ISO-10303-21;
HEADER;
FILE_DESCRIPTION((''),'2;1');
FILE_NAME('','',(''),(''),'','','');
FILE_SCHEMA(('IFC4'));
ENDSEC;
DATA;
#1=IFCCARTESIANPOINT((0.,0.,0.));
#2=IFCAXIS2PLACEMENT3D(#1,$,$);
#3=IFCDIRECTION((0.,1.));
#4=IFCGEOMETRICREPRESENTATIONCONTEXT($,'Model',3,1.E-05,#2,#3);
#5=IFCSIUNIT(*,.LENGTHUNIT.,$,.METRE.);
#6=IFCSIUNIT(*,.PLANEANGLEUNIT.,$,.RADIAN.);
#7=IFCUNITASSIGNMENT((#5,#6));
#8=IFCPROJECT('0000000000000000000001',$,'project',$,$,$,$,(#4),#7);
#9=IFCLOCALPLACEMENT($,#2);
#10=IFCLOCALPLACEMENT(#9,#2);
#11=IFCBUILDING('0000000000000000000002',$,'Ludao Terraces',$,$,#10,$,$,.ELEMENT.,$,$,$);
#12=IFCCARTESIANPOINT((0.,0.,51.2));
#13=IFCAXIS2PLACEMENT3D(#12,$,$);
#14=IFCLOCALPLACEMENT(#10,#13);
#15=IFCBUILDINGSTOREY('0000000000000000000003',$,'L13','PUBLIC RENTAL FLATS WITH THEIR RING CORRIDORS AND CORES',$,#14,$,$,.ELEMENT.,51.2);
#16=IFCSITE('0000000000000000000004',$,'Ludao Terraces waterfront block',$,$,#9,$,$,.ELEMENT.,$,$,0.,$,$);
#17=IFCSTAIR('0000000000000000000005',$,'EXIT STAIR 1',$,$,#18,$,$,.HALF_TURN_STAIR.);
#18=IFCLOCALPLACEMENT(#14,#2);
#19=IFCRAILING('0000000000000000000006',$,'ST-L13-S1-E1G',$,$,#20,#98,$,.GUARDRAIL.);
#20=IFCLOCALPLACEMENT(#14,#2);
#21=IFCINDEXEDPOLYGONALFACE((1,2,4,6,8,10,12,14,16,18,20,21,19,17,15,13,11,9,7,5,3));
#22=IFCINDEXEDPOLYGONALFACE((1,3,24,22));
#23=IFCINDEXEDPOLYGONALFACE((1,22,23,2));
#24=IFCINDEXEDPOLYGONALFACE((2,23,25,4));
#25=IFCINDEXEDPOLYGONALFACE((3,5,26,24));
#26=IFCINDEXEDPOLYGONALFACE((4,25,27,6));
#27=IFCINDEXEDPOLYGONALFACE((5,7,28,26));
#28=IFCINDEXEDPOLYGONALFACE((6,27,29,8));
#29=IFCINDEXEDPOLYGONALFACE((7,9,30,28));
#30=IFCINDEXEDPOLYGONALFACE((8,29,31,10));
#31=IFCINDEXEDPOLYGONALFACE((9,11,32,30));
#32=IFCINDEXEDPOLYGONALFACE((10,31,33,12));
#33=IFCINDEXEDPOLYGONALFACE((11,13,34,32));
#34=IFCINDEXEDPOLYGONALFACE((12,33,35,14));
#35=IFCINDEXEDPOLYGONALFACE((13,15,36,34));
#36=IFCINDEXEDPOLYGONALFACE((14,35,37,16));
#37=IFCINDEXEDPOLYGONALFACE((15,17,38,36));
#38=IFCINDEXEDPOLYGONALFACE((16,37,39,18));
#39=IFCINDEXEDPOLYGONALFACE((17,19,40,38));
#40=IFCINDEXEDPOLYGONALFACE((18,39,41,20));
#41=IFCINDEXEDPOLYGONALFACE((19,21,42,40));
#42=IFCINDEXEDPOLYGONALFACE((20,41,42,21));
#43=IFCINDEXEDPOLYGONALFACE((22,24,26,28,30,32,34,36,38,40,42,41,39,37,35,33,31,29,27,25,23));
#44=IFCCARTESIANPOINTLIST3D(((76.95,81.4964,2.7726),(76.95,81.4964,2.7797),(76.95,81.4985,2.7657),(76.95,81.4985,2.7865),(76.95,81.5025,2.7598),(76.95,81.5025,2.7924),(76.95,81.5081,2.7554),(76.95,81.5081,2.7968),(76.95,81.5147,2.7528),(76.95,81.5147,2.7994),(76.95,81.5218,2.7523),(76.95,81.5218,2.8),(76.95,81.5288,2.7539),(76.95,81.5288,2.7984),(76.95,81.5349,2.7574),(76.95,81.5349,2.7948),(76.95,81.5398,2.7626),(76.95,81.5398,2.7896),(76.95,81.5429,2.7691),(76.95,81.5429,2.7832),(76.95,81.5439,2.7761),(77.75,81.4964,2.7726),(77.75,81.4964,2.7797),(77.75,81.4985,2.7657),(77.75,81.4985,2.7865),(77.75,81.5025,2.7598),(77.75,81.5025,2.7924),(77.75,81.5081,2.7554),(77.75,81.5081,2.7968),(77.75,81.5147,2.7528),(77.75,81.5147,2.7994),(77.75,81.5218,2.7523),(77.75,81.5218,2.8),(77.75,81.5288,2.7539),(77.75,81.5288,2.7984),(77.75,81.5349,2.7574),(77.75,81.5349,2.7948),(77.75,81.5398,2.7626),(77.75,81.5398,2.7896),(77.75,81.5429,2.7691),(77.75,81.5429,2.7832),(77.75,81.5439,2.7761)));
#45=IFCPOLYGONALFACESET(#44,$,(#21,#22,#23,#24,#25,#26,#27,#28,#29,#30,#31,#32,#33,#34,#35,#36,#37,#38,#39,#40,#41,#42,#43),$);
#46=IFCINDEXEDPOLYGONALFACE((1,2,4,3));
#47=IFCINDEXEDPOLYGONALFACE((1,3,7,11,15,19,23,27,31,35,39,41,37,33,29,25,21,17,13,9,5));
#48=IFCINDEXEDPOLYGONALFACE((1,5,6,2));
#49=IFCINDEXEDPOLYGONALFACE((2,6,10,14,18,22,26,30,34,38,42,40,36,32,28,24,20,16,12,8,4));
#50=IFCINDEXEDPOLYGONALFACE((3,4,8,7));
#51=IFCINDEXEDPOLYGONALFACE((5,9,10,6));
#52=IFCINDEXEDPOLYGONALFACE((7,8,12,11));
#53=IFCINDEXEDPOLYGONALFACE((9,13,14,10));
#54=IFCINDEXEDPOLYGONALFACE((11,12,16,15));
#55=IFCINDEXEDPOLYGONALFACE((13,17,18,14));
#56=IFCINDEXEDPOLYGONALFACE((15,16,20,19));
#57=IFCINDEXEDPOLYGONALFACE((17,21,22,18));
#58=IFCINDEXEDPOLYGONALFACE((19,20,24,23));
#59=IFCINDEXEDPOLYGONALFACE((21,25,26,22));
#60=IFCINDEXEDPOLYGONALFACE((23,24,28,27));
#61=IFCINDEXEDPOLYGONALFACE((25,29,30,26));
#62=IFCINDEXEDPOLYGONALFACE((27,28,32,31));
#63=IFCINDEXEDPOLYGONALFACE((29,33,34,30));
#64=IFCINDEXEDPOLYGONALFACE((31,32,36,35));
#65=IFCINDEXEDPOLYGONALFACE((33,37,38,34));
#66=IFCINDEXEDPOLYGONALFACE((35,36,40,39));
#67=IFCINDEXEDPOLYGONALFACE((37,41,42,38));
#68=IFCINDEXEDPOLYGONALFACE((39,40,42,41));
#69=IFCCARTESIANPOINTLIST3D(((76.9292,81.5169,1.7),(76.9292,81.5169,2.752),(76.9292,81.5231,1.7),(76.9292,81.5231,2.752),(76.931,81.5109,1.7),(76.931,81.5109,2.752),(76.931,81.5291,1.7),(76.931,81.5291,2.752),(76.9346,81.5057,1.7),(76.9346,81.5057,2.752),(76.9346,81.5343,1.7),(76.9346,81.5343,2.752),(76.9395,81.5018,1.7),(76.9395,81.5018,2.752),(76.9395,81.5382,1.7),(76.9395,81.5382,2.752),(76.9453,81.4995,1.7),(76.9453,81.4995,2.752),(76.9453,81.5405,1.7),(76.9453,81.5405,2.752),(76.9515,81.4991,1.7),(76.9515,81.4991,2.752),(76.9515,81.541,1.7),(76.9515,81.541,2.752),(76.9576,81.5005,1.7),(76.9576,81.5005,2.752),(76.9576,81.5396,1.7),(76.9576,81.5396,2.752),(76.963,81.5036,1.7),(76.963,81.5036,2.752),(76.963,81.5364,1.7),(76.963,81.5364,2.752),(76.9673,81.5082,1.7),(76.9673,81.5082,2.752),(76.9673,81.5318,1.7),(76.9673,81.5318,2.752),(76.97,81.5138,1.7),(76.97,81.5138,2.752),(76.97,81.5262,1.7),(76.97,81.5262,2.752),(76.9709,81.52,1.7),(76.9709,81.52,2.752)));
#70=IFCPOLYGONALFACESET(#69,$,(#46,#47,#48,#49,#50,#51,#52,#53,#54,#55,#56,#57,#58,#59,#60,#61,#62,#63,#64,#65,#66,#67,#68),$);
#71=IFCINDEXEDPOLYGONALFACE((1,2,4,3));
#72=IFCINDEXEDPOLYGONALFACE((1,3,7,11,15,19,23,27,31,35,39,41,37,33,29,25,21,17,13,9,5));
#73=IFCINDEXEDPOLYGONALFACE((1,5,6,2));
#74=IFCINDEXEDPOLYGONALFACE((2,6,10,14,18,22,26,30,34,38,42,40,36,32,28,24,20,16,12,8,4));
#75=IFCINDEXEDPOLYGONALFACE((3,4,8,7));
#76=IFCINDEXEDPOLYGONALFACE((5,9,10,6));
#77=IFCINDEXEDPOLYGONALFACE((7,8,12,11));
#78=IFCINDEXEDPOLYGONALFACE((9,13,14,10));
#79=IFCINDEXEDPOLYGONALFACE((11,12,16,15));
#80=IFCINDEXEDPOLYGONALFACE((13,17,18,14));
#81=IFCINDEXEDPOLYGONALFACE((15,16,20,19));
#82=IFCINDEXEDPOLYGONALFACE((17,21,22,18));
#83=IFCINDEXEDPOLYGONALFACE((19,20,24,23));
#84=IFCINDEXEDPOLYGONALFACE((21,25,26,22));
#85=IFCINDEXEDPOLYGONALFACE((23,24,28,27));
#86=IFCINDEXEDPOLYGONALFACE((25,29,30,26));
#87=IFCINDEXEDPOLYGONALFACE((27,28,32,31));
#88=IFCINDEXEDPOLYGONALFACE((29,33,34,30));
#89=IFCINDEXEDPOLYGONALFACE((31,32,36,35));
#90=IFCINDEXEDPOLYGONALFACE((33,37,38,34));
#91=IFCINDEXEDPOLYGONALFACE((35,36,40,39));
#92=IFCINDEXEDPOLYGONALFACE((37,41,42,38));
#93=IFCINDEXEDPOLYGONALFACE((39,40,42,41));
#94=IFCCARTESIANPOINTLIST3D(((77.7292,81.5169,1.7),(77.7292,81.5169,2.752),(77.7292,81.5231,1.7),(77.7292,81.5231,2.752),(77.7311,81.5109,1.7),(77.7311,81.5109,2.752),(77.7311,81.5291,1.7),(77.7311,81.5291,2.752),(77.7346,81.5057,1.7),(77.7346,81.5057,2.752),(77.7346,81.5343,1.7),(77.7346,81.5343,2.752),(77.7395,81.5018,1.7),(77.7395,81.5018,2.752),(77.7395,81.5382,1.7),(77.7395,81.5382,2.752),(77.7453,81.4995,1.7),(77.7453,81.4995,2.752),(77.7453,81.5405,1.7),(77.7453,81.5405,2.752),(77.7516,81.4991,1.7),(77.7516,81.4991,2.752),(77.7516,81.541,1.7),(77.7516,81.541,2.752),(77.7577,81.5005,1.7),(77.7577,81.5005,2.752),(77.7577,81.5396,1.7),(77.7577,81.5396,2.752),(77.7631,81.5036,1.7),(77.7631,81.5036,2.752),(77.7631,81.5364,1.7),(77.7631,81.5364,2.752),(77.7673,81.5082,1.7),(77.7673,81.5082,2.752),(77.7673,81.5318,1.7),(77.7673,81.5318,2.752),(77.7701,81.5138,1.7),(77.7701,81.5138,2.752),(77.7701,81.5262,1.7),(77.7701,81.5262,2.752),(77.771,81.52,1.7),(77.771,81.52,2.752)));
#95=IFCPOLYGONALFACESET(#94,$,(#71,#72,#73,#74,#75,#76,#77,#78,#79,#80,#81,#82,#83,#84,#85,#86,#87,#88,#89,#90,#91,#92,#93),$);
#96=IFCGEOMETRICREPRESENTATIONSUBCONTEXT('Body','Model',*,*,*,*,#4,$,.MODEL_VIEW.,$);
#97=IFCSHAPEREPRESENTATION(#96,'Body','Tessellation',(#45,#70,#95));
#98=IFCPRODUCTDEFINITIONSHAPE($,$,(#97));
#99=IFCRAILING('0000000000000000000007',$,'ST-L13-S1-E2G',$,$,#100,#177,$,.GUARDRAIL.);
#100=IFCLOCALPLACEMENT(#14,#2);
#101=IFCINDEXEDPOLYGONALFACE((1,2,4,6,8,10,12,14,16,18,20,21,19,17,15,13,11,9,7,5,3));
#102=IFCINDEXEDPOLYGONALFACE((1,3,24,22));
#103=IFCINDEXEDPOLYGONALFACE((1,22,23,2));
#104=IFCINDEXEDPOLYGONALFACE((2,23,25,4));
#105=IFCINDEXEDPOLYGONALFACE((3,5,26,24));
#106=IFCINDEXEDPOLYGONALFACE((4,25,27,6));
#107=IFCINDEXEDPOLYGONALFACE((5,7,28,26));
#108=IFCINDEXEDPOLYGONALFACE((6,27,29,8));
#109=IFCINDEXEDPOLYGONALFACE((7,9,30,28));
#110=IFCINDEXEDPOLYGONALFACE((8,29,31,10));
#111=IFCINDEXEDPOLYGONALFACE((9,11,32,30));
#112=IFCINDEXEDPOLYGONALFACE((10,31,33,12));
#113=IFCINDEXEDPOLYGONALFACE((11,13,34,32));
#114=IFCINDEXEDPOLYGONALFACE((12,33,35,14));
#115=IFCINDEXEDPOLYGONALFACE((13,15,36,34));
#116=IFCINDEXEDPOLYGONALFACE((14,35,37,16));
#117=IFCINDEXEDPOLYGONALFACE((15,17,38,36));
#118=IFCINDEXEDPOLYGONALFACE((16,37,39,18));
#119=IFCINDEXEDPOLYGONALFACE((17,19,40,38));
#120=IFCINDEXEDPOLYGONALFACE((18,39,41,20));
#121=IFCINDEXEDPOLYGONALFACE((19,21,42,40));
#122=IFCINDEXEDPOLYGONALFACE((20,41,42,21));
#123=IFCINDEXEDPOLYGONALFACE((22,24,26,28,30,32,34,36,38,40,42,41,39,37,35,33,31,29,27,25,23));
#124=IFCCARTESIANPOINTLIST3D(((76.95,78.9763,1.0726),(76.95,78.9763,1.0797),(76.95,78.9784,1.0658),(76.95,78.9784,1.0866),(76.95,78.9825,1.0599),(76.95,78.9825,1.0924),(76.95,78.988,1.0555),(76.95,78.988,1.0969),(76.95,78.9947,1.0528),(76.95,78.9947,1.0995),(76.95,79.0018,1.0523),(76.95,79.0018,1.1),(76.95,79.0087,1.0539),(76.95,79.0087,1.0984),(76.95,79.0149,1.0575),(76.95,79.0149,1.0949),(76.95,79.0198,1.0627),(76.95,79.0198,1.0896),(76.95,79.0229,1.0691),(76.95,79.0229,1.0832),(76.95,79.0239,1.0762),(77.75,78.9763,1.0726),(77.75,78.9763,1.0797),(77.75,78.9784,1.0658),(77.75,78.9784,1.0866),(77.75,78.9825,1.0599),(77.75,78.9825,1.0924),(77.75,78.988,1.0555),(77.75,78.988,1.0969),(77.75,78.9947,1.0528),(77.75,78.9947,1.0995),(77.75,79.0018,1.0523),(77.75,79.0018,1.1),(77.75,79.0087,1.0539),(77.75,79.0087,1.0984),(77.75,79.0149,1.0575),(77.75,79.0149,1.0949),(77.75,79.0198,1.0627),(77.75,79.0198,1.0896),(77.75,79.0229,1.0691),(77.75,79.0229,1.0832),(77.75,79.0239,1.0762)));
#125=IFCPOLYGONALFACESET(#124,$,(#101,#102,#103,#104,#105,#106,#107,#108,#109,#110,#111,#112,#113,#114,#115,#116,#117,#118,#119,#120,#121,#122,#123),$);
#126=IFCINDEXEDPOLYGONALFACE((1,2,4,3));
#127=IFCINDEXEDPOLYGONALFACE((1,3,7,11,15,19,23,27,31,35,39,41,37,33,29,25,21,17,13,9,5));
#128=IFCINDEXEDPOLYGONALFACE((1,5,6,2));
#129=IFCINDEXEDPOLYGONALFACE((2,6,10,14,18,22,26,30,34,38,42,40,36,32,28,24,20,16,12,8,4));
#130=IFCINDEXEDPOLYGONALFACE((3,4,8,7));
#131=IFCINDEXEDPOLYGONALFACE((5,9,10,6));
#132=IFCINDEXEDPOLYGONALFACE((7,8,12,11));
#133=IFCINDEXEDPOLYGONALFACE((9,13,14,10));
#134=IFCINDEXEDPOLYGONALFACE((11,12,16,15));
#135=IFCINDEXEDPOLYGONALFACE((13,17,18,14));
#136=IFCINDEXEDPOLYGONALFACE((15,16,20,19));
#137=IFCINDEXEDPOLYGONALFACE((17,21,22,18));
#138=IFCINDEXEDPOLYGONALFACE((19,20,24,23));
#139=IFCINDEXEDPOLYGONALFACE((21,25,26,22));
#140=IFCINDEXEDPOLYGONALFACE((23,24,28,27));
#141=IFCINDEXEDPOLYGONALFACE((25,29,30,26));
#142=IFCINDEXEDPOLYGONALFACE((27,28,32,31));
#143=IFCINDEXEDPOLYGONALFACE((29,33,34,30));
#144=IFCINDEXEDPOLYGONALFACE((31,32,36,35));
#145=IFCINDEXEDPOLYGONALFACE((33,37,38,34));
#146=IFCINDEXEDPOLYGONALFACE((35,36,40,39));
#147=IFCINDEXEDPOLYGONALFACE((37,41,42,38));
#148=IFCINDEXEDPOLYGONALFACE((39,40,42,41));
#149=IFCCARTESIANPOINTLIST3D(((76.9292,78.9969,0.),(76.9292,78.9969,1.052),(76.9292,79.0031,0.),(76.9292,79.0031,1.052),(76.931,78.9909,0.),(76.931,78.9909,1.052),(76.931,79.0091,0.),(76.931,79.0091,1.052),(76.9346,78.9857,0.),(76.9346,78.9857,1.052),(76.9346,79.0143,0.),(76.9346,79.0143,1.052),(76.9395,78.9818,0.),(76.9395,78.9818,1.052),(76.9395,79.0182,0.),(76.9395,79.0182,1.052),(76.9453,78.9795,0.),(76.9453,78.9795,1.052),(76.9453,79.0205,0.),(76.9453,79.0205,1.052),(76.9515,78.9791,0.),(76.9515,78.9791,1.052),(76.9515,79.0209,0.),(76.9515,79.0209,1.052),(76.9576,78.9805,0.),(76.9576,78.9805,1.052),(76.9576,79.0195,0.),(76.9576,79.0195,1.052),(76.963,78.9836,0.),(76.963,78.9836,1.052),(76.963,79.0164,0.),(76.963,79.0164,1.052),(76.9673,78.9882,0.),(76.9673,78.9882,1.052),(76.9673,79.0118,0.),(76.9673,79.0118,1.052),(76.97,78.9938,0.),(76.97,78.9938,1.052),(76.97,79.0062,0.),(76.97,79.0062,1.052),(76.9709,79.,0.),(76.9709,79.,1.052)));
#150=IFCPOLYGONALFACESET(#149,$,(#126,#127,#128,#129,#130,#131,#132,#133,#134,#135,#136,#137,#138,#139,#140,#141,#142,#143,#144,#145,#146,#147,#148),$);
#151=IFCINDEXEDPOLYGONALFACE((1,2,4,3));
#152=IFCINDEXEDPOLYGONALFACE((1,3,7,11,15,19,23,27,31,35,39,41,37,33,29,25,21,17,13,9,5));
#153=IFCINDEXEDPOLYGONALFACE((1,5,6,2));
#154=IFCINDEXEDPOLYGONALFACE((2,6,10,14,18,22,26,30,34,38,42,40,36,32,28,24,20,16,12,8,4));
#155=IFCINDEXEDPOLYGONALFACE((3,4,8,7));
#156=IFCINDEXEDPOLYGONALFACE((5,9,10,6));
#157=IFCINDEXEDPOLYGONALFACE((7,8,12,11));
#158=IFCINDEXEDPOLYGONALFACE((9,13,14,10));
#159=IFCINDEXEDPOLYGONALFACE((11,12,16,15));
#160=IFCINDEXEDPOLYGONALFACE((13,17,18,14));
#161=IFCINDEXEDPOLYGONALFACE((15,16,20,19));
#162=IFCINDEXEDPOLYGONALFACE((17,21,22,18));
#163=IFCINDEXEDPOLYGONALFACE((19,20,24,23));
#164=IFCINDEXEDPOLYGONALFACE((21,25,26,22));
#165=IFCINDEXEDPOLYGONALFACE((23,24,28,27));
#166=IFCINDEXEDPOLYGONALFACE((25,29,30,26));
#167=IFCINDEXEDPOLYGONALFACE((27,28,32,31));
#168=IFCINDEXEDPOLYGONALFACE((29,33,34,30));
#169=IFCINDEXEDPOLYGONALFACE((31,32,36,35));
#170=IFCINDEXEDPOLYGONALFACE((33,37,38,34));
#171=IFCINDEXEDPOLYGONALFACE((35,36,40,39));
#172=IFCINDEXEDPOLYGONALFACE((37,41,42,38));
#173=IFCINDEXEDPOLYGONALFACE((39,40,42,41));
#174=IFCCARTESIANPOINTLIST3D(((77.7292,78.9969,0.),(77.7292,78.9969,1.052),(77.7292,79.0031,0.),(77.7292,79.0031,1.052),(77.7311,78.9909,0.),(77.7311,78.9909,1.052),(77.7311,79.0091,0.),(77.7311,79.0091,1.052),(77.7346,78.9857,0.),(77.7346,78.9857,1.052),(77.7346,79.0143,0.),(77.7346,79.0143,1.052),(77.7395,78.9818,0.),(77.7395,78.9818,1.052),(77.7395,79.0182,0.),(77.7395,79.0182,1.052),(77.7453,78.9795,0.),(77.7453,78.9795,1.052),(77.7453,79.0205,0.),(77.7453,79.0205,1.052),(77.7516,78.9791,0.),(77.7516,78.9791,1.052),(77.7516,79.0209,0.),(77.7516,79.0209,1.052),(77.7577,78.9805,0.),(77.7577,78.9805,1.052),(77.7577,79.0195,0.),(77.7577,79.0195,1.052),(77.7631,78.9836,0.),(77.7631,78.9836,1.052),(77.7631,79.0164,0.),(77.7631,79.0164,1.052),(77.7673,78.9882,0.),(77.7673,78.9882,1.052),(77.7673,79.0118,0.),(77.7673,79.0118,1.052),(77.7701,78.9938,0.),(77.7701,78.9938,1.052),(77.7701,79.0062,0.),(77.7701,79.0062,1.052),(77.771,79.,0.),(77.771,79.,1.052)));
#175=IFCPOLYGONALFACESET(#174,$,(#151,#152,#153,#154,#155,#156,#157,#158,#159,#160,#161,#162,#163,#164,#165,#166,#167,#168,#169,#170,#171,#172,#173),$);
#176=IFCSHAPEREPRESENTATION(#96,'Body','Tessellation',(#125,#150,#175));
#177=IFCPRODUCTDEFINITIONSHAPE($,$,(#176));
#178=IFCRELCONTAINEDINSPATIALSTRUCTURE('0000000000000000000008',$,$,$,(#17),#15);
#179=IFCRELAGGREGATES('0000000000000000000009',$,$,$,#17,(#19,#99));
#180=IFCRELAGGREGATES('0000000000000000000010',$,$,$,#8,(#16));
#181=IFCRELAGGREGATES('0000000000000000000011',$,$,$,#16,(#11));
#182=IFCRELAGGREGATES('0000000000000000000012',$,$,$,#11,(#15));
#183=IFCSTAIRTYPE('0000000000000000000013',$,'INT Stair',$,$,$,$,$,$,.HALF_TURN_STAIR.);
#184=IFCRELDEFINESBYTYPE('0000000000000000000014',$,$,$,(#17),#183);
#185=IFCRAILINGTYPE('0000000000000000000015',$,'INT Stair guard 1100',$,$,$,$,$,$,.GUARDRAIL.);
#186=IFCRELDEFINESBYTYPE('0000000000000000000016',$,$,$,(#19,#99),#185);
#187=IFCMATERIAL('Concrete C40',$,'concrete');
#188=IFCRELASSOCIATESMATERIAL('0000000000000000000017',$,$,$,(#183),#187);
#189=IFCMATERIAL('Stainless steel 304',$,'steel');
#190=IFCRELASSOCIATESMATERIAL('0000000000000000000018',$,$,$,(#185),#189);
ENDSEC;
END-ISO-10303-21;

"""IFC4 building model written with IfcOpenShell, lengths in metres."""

from ifc_helpers import new_model, si_unit, direction, frame, origin, origin_2d, place, context, subcontext, project, spatial, circle, extrude, material, type_object, element, aggregate, save


model = new_model("IFC4")

# Units and contexts
model_context = context("Model", 3, precision=1e-05, world=origin(), true_north=direction((0.0, 1.0)))
body_context = subcontext(model_context, "Body", "Model", "MODEL_VIEW")
ifc_project = project(units=[si_unit("LENGTHUNIT", "METRE"), si_unit("PLANEANGLEUNIT", "RADIAN")], contexts=[model_context])

# Site, building, storey
site_placement = place(None, origin())
site = spatial("IfcSite", under=ifc_project, at=site_placement, Name="Ludao Terraces waterfront block", CompositionType="ELEMENT", RefElevation=0.0)
building_placement = place(site_placement, origin())
building = spatial("IfcBuilding", under=site, at=building_placement, Name="Ludao Terraces", CompositionType="ELEMENT")
storey_placement = place(building_placement, frame((0.0, 0.0, 51.2)))
storey = spatial("IfcBuildingStorey", under=building, at=storey_placement, Name="L13", Description="PUBLIC RENTAL FLATS WITH THEIR RING CORRIDORS AND CORES", CompositionType="ELEMENT", Elevation=51.2)

# Shared definitions
ifc_material_1 = material(Name="Concrete C40", Category="concrete")

# Shared definitions
ifc_material_2 = material(Name="Stainless steel 304", Category="steel")

# Stair, railings
stair_type = type_object("IfcStairType", Name="INT Stair", PredefinedType="HALF_TURN_STAIR", material=ifc_material_1)
stair_placement = place(storey_placement, origin())
stair = element("IfcStair", 1, at=stair_placement, inside=storey, type_object=stair_type, Name="EXIT STAIR 1", PredefinedType="HALF_TURN_STAIR")
railing_type_1 = type_object("IfcRailingType", Name="INT Stair guard 1100", PredefinedType="GUARDRAIL", material=ifc_material_2)
railing_1_placement = place(storey_placement, frame((76.95, 81.52, 1.7)))
railing_1 = element("IfcRailing", 2, at=railing_1_placement, type_object=railing_type_1, Name="ST-L13-S1-E1G", PredefinedType="GUARDRAIL", context=body_context, shape_type="SweptSolid", body=[
    extrude(circle(Radius=0.0239, at=origin_2d()), frame((0.0, 0.0, 1.0762), z_axis=(1.0, 0.0, 0.0), x_axis=(0.0, 1.0, 0.0)), (0.0, 0.0, 1.0), 0.8),
    extrude(circle(Radius=0.021, at=origin_2d()), origin(), (0.0, 0.0, 1.0), 1.052),
    extrude(circle(Radius=0.021, at=origin_2d()), frame((0.8, 0.0, 0.0)), (0.0, 0.0, 1.0), 1.052),
])
railing_2_placement = place(storey_placement, frame((76.95, 79.0, 0.0)))
railing_2 = element("IfcRailing", 3, at=railing_2_placement, type_object=railing_type_1, Name="ST-L13-S1-E2G", PredefinedType="GUARDRAIL", context=body_context, shape_type="SweptSolid", body=[
    extrude(circle(Radius=0.0239, at=origin_2d()), frame((0.0, 0.0, 1.0762), z_axis=(1.0, 0.0, 0.0), x_axis=(0.0, 1.0, 0.0)), (0.0, 0.0, 1.0), 0.8),
    extrude(circle(Radius=0.021, at=origin_2d()), origin(), (0.0, 0.0, 1.0), 1.052),
    extrude(circle(Radius=0.021, at=origin_2d()), frame((0.8, 0.0, 0.0)), (0.0, 0.0, 1.0), 1.052),
])
aggregate(stair, [railing_1, railing_2])

save(model, "model.ifc")
